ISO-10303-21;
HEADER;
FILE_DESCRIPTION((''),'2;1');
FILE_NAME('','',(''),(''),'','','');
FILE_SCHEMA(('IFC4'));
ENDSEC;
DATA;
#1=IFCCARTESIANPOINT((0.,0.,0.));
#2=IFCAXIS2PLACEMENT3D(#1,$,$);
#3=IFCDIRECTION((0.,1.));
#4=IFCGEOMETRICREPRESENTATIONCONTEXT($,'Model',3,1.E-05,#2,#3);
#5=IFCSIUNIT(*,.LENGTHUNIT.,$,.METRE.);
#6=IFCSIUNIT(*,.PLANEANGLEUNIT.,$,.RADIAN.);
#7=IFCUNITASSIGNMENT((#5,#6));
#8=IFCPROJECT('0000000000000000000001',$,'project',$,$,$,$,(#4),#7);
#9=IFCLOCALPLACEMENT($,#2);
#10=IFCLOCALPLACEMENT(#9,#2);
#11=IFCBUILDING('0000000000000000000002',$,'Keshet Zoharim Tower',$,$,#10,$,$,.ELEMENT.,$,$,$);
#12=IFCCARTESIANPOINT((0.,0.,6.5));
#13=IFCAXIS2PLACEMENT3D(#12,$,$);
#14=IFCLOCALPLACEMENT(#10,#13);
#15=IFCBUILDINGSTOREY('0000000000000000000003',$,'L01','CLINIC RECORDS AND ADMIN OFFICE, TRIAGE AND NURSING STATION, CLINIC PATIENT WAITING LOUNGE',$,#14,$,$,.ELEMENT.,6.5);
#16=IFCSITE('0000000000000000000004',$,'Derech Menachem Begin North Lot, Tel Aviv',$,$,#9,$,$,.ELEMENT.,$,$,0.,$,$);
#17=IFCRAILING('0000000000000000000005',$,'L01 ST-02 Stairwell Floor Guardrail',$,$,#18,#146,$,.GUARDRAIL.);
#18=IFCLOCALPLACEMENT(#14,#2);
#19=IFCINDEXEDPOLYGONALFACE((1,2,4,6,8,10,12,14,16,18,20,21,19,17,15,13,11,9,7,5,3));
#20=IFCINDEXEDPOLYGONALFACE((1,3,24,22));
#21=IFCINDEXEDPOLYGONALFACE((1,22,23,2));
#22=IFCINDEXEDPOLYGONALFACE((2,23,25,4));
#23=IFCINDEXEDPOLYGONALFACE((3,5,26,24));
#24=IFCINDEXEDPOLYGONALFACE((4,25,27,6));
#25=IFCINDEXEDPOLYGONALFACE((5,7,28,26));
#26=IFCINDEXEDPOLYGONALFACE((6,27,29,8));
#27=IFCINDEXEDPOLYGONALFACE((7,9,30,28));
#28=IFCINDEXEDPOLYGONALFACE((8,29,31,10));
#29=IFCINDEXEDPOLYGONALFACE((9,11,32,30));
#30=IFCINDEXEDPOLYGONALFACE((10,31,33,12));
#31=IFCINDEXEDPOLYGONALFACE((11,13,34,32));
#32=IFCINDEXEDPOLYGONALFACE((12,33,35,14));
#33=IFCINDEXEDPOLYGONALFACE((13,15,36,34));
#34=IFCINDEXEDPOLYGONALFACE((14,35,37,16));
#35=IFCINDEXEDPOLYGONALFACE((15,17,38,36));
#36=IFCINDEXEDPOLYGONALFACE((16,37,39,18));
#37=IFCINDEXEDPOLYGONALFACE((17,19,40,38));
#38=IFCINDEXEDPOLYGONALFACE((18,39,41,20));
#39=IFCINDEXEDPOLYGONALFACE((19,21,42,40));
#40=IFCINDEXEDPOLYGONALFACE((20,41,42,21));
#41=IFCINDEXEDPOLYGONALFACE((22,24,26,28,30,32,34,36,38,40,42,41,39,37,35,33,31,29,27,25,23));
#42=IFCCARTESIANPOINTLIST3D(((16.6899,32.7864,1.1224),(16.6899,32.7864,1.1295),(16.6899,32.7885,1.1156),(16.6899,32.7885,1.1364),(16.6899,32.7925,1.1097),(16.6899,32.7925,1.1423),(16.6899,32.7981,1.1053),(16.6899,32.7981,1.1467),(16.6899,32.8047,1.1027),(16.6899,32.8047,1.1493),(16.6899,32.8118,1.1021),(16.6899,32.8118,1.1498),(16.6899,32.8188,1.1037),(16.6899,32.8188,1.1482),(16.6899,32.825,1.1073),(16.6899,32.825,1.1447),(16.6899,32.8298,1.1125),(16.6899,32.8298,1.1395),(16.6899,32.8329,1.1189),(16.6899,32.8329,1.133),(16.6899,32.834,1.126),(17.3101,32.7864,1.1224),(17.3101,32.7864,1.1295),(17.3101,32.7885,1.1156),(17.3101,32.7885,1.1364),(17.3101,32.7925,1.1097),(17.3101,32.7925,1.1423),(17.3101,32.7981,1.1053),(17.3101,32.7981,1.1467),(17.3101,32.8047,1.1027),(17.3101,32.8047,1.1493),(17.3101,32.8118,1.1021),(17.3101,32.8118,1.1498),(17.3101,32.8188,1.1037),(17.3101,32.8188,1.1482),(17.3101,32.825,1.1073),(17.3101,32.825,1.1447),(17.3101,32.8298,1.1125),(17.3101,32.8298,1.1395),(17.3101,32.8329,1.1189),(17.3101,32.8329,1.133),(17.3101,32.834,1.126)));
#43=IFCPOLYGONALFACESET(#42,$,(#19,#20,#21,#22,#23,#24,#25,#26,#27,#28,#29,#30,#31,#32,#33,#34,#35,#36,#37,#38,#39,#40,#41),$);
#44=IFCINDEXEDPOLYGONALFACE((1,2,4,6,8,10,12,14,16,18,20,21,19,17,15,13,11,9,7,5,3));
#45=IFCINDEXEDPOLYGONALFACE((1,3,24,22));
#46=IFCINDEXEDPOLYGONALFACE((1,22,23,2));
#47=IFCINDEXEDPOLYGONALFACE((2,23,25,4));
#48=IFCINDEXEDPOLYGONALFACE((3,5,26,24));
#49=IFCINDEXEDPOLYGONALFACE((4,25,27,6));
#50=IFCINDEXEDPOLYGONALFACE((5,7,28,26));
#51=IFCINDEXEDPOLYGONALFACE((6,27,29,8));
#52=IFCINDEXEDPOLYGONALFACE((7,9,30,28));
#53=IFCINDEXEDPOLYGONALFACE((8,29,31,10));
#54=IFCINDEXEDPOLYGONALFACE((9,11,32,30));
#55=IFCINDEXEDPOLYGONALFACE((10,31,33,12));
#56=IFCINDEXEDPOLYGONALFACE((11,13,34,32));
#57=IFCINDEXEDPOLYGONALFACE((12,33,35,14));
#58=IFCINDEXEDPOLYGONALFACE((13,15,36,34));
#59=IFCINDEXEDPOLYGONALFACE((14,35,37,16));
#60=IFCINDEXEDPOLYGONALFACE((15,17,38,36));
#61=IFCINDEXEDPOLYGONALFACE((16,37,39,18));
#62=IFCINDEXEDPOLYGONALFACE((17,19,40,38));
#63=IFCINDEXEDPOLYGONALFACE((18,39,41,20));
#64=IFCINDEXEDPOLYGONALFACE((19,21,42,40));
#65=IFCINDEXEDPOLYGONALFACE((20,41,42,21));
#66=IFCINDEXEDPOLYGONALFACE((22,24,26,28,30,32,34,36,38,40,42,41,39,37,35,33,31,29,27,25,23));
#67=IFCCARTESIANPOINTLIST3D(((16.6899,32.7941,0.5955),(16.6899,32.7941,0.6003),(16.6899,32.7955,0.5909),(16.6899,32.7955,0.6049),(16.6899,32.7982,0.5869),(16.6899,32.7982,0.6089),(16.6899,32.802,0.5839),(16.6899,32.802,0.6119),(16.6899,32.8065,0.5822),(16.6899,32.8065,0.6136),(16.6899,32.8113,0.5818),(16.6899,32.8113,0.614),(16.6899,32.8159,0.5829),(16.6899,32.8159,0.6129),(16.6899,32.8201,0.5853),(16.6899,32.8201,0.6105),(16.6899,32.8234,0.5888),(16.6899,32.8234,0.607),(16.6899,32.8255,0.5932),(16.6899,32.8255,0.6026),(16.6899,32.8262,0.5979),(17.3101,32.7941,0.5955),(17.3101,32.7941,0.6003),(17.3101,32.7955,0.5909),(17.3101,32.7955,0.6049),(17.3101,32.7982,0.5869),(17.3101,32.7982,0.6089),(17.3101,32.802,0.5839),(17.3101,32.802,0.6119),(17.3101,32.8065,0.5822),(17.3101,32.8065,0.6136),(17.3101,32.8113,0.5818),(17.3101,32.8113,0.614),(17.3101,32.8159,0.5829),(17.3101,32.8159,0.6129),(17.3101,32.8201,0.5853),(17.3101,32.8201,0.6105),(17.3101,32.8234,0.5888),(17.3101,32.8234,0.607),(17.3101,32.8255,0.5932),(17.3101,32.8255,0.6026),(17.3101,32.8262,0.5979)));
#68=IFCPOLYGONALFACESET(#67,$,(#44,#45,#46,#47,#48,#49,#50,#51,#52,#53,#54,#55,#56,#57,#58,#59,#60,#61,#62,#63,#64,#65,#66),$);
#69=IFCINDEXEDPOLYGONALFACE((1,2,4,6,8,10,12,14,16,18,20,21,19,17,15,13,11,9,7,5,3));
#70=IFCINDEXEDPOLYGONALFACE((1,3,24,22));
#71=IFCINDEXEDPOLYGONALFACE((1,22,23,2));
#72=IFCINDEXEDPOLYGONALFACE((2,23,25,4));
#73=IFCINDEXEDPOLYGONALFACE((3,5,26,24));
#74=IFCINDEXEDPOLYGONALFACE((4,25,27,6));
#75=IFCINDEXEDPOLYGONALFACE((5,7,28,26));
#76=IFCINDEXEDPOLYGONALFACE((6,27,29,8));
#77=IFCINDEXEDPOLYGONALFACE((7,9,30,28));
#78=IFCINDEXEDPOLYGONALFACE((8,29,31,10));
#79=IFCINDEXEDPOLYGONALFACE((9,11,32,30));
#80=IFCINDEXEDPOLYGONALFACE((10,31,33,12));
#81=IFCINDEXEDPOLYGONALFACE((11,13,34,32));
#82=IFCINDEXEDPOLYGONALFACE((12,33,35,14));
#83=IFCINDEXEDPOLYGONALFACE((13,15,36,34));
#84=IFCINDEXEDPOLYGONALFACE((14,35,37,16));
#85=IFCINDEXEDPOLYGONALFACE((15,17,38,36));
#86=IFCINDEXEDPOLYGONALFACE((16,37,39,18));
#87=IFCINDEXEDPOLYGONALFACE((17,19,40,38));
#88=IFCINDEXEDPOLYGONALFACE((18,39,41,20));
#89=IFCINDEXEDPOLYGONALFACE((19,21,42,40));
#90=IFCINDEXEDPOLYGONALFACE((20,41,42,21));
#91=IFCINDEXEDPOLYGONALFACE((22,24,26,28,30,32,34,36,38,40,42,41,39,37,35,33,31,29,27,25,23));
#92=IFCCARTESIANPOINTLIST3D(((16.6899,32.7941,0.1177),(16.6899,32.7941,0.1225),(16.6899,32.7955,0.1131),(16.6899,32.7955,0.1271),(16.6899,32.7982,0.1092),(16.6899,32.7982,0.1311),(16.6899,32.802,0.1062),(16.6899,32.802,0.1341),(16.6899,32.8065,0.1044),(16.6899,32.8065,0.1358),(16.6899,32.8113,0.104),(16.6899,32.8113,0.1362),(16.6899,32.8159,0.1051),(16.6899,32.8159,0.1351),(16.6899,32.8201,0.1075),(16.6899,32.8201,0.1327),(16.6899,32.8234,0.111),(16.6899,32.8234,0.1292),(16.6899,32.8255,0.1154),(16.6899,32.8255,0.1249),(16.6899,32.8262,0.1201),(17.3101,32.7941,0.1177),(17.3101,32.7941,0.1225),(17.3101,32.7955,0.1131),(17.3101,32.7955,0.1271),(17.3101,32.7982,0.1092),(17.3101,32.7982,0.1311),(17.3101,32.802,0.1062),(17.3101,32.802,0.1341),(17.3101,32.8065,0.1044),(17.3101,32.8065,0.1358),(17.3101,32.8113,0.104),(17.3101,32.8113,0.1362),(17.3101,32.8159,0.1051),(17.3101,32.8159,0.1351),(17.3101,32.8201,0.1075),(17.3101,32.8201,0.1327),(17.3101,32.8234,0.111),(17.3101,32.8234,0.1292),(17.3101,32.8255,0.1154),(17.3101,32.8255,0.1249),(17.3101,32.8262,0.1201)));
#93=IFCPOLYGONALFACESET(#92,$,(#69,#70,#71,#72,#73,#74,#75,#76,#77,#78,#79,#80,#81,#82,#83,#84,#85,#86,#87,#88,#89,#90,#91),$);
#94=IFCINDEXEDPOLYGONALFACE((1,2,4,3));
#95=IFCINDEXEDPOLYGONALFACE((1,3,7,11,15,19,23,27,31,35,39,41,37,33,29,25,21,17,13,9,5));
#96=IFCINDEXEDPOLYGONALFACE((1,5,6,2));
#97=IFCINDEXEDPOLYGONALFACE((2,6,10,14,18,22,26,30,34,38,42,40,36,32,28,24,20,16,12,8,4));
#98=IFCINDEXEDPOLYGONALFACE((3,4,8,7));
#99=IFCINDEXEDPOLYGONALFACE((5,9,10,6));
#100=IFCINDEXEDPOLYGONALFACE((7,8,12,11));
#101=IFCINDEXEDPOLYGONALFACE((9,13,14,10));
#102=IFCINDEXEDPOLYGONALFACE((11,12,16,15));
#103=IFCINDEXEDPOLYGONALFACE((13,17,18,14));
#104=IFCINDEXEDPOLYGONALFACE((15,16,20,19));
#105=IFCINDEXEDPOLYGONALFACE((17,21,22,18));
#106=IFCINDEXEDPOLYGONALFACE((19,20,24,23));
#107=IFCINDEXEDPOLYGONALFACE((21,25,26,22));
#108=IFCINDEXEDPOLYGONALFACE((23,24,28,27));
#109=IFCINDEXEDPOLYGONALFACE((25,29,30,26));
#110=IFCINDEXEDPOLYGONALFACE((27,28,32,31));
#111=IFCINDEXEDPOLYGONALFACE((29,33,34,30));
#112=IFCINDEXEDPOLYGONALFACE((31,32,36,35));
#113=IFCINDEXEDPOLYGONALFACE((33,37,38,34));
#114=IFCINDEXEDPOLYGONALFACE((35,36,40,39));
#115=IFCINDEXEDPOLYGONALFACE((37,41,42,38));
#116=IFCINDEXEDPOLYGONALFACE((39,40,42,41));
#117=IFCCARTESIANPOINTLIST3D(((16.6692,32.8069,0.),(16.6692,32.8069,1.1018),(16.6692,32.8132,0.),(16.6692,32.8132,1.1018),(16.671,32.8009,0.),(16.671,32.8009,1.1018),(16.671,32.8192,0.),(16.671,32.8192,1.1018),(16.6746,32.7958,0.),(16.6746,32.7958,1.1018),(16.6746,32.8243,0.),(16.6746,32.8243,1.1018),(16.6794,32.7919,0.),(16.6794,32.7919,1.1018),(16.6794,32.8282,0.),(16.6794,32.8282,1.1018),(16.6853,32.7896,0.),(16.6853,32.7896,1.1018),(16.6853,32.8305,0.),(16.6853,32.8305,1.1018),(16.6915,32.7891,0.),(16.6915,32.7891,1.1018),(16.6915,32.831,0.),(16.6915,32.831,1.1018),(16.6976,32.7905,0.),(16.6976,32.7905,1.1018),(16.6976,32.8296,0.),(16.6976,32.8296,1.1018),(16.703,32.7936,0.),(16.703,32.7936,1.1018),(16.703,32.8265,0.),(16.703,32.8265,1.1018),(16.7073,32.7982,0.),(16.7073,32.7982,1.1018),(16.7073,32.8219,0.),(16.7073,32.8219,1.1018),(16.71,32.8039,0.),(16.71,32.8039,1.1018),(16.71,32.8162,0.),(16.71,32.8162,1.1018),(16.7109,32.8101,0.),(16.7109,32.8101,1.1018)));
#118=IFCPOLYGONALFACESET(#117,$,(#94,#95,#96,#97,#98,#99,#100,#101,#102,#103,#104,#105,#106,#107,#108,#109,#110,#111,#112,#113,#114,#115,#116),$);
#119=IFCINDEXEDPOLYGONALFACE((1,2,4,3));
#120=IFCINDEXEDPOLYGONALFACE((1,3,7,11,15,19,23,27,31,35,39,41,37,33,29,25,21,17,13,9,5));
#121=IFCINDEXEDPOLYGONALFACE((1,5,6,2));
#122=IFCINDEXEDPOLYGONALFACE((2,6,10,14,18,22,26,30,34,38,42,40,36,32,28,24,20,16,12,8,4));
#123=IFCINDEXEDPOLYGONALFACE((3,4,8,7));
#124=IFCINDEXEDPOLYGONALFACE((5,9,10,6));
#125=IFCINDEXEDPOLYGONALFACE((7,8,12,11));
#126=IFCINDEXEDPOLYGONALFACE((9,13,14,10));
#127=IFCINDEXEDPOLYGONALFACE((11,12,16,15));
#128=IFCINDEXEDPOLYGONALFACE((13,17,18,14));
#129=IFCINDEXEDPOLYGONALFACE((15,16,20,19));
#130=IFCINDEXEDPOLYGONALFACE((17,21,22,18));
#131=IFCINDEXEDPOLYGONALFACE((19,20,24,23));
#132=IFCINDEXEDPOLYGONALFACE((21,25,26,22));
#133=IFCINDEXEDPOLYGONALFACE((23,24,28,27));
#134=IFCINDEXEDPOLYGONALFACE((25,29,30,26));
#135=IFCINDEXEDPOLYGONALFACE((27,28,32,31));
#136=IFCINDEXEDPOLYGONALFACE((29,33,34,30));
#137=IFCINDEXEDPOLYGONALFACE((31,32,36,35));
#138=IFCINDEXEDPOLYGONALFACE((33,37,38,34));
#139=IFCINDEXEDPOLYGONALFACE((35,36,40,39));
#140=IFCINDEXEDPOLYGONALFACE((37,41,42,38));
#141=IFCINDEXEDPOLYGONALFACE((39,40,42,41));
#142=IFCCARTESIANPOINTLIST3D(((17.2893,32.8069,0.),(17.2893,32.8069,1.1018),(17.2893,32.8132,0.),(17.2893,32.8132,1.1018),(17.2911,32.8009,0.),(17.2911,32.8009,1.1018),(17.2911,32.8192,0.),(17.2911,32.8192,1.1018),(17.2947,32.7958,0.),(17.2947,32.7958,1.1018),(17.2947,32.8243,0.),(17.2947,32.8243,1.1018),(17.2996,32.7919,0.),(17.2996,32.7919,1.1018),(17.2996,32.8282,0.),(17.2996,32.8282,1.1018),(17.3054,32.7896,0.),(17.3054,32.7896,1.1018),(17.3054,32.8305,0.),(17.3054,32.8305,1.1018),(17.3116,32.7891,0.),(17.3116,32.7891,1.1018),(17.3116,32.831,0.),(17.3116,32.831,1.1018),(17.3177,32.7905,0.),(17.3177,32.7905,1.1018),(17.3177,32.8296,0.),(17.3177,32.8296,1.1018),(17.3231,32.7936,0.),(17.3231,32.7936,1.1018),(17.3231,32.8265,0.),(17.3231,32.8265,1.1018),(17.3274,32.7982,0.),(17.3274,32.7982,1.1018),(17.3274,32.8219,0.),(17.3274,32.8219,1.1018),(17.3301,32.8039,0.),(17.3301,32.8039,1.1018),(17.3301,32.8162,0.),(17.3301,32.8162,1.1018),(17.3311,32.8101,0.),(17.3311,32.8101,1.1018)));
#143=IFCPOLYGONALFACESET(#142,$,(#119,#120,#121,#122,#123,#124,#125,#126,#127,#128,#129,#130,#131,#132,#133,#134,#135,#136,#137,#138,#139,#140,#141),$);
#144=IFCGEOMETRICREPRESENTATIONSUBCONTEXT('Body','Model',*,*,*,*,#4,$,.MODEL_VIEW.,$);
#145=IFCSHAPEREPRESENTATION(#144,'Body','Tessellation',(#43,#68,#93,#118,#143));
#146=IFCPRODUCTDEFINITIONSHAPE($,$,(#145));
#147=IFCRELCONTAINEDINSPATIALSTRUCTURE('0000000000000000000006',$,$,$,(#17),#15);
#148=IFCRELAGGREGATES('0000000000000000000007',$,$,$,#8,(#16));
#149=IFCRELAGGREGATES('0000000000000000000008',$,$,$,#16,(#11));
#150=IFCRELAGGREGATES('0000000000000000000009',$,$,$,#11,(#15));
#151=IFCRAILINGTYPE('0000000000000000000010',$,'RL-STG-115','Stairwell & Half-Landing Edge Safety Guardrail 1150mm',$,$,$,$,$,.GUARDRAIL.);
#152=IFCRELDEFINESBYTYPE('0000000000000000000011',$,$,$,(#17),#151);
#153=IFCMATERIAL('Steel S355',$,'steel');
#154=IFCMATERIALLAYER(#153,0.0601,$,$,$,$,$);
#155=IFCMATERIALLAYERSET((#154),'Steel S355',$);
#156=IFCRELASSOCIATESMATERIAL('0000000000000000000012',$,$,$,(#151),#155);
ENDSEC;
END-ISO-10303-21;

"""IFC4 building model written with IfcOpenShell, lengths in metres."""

from ifc_helpers import new_model, si_unit, direction, frame, origin, origin_2d, place, context, subcontext, project, spatial, circle, extrude, material, layer, layer_set, type_object, element, save


model = new_model("IFC4")

# Units and contexts
model_context = context("Model", 3, precision=1e-05, world=origin(), true_north=direction((0.0, 1.0)))
body_context = subcontext(model_context, "Body", "Model", "MODEL_VIEW")
ifc_project = project(units=[si_unit("LENGTHUNIT", "METRE"), si_unit("PLANEANGLEUNIT", "RADIAN")], contexts=[model_context])

# Site, building, storey
site_placement = place(None, origin())
site = spatial("IfcSite", under=ifc_project, at=site_placement, Name="Derech Menachem Begin North Lot, Tel Aviv", CompositionType="ELEMENT", RefElevation=0.0)
building_placement = place(site_placement, origin())
building = spatial("IfcBuilding", under=site, at=building_placement, Name="Keshet Zoharim Tower", CompositionType="ELEMENT")
storey_placement = place(building_placement, frame((0.0, 0.0, 6.5)))
storey = spatial("IfcBuildingStorey", under=building, at=storey_placement, Name="L01", Description="CLINIC RECORDS AND ADMIN OFFICE, TRIAGE AND NURSING STATION, CLINIC PATIENT WAITING LOUNGE", CompositionType="ELEMENT", Elevation=6.5)

# Shared definitions
ifc_material_1 = material(Name="Steel S355", Category="steel")

# Railing
ifc_layer_1 = layer(ifc_material_1, 0.0601)
ifc_layer_set_1 = layer_set([ifc_layer_1], Name="Steel S355")
railing_type_1 = type_object("IfcRailingType", Name="RL-STG-115", Description="Stairwell & Half-Landing Edge Safety Guardrail 1150mm", PredefinedType="GUARDRAIL", material=ifc_layer_set_1)
railing_1_placement = place(storey_placement, frame((16.6899, 32.8101, 0.0)))
element("IfcRailing", 1, at=railing_1_placement, inside=storey, type_object=railing_type_1, Name="L01 ST-02 Stairwell Floor Guardrail", PredefinedType="GUARDRAIL", context=body_context, shape_type="SweptSolid", body=[
    extrude(circle(Radius=0.0239, at=origin_2d()), frame((0.0, 0.0, 1.126), z_axis=(1.0, 0.0, 0.0), x_axis=(0.0, 1.0, 0.0)), (0.0, 0.0, 1.0), 0.6201),
    extrude(circle(Radius=0.0161, at=origin_2d()), frame((0.0, 0.0, 0.5979), z_axis=(1.0, 0.0, 0.0), x_axis=(0.0, 1.0, 0.0)), (0.0, 0.0, 1.0), 0.6201),
    extrude(circle(Radius=0.0161, at=origin_2d()), frame((0.0, 0.0, 0.1201), z_axis=(1.0, 0.0, 0.0), x_axis=(0.0, 1.0, 0.0)), (0.0, 0.0, 1.0), 0.6201),
    extrude(circle(Radius=0.021, at=origin_2d()), origin(), (0.0, 0.0, 1.0), 1.1018),
    extrude(circle(Radius=0.021, at=origin_2d()), frame((0.6201, 0.0, 0.0)), (0.0, 0.0, 1.0), 1.1018),
])

save(model, "model.ifc")
